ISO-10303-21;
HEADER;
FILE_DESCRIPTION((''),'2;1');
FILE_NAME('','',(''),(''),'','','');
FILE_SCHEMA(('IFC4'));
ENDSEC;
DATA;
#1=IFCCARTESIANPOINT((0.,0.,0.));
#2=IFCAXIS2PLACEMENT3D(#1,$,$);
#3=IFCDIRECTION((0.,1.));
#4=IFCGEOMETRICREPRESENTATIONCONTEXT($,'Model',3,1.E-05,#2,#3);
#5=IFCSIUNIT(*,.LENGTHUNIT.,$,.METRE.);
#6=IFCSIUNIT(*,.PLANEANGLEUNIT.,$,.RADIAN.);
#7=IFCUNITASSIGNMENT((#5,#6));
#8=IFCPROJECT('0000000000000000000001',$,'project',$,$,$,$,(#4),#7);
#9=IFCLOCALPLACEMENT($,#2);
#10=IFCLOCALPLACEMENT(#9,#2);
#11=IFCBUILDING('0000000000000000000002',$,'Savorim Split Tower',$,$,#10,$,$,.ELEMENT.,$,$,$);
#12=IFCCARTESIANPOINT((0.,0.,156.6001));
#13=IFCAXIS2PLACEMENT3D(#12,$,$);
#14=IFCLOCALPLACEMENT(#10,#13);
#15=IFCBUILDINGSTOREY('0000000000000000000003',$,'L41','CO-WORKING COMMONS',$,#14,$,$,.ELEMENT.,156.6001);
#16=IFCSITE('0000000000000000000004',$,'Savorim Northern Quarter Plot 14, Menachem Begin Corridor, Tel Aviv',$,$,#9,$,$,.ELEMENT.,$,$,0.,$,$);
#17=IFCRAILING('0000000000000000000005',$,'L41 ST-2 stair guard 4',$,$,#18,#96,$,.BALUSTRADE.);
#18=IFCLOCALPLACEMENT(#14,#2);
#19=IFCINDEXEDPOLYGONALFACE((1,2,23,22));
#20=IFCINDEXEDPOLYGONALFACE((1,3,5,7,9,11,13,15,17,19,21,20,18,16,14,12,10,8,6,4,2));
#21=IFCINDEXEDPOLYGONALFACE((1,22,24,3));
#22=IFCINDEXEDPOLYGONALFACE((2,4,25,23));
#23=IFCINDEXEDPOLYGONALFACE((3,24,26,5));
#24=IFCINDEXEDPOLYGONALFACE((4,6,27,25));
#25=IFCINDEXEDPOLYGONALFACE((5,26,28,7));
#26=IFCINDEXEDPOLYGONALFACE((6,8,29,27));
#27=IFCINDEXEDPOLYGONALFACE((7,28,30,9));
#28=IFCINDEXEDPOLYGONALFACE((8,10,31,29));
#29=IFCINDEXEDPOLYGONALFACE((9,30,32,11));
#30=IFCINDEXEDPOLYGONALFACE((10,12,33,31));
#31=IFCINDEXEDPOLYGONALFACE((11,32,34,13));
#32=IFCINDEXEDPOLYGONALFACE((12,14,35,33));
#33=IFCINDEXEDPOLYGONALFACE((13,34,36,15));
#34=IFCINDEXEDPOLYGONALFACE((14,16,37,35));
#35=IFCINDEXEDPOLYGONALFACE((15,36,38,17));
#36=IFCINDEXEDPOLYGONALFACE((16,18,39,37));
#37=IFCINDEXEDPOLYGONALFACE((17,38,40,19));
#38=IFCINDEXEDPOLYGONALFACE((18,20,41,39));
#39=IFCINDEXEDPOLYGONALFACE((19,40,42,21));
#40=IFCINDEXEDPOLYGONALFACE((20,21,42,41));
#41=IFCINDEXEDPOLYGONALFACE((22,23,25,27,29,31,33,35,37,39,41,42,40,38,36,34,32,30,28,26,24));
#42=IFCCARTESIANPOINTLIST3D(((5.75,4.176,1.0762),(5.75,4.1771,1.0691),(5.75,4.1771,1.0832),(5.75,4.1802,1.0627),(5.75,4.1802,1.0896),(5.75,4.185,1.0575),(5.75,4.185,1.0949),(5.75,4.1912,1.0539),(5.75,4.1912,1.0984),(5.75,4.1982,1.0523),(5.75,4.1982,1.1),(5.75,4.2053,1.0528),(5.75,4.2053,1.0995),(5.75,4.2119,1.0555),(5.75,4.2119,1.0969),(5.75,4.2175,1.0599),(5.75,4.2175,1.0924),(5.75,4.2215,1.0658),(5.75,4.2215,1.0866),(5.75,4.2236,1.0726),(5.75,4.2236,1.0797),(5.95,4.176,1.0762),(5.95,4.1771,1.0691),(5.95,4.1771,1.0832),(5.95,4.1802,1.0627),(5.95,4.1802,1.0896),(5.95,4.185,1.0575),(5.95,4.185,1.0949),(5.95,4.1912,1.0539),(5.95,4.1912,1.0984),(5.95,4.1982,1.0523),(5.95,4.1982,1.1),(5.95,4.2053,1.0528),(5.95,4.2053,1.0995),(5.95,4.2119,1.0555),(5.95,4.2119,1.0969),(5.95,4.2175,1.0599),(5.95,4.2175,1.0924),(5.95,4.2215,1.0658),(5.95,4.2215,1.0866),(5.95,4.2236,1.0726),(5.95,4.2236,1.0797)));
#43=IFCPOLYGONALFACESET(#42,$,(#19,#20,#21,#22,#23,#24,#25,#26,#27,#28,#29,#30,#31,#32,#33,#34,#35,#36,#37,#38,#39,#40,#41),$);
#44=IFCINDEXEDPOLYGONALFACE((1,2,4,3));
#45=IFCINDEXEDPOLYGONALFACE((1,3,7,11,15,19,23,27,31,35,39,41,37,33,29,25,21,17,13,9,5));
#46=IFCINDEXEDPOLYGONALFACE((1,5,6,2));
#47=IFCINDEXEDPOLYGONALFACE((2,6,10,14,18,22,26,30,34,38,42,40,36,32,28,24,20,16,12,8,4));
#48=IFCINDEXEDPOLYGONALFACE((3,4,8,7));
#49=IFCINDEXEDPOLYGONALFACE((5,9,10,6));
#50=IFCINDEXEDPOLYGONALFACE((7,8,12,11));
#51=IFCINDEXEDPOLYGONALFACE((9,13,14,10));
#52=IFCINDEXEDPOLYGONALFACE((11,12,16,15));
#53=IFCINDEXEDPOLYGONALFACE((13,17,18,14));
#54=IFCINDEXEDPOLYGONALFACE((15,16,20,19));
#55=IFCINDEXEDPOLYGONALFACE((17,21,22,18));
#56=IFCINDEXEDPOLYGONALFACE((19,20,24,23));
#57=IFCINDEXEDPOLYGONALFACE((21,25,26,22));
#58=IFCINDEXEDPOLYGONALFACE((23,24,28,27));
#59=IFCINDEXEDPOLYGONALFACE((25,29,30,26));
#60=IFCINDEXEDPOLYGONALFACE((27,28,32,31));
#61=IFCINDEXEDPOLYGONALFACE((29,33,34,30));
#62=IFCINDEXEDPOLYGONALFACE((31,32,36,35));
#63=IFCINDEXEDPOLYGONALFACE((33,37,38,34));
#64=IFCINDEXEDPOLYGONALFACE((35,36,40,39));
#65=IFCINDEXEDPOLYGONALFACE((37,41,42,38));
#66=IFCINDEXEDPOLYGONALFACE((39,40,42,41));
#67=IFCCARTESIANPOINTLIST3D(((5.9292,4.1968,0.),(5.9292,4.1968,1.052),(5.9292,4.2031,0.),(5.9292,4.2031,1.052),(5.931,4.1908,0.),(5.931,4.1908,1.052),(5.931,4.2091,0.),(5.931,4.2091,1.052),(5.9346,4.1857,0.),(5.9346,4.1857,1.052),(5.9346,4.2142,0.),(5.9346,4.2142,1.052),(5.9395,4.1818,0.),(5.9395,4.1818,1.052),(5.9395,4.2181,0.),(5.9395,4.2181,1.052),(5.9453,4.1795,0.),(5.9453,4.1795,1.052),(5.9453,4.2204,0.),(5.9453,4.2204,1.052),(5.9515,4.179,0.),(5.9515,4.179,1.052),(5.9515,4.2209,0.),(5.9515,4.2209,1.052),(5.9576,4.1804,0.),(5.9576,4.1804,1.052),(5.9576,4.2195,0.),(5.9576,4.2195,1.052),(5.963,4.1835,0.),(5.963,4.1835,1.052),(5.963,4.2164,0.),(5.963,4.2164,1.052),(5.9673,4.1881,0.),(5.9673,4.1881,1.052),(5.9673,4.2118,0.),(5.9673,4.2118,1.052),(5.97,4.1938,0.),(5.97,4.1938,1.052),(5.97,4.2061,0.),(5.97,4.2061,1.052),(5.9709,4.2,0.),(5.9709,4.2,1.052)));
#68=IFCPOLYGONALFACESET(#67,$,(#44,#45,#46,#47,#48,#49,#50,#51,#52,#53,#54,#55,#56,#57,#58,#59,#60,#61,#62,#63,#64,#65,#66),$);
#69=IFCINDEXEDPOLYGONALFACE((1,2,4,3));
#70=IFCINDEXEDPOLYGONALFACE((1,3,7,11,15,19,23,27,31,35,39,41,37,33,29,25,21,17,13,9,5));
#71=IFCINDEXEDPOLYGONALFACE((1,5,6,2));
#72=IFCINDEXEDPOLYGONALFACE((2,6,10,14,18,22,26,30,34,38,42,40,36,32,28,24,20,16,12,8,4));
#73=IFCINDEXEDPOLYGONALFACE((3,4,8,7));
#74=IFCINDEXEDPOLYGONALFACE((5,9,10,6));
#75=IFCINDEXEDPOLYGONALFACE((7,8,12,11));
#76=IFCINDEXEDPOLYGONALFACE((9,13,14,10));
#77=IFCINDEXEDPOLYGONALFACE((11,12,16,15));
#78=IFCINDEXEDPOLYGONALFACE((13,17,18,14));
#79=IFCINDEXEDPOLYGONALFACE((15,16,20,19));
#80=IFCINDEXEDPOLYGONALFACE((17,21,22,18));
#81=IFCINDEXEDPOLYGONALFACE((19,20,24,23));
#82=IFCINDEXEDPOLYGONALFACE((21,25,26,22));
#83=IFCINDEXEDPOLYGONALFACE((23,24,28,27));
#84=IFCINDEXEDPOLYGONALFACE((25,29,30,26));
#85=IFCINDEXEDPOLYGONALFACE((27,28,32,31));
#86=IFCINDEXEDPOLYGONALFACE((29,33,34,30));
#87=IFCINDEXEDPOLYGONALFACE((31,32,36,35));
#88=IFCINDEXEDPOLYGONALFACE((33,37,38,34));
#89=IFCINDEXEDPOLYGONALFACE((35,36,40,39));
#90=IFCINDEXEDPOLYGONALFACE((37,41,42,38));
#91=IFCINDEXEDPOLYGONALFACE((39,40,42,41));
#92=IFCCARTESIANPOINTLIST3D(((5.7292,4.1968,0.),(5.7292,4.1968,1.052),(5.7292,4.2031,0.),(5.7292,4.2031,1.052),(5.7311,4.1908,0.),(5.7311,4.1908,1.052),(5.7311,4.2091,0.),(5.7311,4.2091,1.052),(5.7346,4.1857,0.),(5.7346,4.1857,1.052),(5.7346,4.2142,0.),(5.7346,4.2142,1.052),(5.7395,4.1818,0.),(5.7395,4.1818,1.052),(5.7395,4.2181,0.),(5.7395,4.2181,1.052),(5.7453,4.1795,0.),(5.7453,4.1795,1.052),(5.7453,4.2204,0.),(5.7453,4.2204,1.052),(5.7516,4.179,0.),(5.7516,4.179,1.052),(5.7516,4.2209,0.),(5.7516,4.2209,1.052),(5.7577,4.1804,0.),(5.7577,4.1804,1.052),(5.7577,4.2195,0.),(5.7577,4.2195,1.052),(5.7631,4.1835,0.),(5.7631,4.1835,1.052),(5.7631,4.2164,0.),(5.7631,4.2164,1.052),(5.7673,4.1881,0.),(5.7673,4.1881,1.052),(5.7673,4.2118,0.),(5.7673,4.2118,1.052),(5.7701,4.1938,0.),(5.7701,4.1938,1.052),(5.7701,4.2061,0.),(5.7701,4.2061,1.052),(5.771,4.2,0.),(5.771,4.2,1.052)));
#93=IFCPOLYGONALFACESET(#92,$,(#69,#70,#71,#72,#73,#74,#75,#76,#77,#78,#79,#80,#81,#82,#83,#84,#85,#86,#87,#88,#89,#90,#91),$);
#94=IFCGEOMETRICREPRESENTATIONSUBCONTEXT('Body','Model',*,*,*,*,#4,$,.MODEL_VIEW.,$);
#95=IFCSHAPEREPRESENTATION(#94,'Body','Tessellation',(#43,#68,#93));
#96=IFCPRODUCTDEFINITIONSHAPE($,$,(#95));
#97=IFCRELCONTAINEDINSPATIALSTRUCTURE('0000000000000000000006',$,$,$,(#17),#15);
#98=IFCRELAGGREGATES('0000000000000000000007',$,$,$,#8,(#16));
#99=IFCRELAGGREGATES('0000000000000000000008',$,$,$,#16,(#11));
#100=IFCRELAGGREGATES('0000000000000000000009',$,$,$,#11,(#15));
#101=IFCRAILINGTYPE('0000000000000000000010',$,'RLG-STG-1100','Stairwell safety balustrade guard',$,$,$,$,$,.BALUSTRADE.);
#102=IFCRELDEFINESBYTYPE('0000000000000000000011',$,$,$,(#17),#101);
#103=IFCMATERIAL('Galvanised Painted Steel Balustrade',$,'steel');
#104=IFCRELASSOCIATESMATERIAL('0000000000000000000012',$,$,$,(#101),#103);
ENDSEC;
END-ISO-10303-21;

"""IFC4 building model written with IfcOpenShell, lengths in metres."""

from ifc_helpers import new_model, si_unit, direction, frame, origin, origin_2d, place, context, subcontext, project, spatial, circle, extrude, material, type_object, element, save


model = new_model("IFC4")

# Units and contexts
model_context = context("Model", 3, precision=1e-05, world=origin(), true_north=direction((0.0, 1.0)))
body_context = subcontext(model_context, "Body", "Model", "MODEL_VIEW")
ifc_project = project(units=[si_unit("LENGTHUNIT", "METRE"), si_unit("PLANEANGLEUNIT", "RADIAN")], contexts=[model_context])

# Site, building, storey
site_placement = place(None, origin())
site = spatial("IfcSite", under=ifc_project, at=site_placement, Name="Savorim Northern Quarter Plot 14, Menachem Begin Corridor, Tel Aviv", CompositionType="ELEMENT", RefElevation=0.0)
building_placement = place(site_placement, origin())
building = spatial("IfcBuilding", under=site, at=building_placement, Name="Savorim Split Tower", CompositionType="ELEMENT")
storey_placement = place(building_placement, frame((0.0, 0.0, 156.6001)))
storey = spatial("IfcBuildingStorey", under=building, at=storey_placement, Name="L41", Description="CO-WORKING COMMONS", CompositionType="ELEMENT", Elevation=156.6001)

# Railing
ifc_material_1 = material(Name="Galvanised Painted Steel Balustrade", Category="steel")
railing_type_1 = type_object("IfcRailingType", Name="RLG-STG-1100", Description="Stairwell safety balustrade guard", PredefinedType="BALUSTRADE", material=ifc_material_1)
railing_1_placement = place(storey_placement, frame((5.95, 4.2, 0.0)))
element("IfcRailing", 1, at=railing_1_placement, inside=storey, type_object=railing_type_1, Name="L41 ST-2 stair guard 4", PredefinedType="BALUSTRADE", context=body_context, shape_type="SweptSolid", body=[
    extrude(circle(Radius=0.0239, at=origin_2d()), frame((0.0, 0.0, 1.0762), z_axis=(-1.0, 0.0, 0.0), x_axis=(0.0, -1.0, 0.0)), (0.0, 0.0, 1.0), 0.2),
    extrude(circle(Radius=0.021, at=origin_2d()), origin(), (0.0, 0.0, 1.0), 1.052),
    extrude(circle(Radius=0.021, at=origin_2d()), frame((-0.2, 0.0, 0.0)), (0.0, 0.0, 1.0), 1.052),
])

save(model, "model.ifc")
